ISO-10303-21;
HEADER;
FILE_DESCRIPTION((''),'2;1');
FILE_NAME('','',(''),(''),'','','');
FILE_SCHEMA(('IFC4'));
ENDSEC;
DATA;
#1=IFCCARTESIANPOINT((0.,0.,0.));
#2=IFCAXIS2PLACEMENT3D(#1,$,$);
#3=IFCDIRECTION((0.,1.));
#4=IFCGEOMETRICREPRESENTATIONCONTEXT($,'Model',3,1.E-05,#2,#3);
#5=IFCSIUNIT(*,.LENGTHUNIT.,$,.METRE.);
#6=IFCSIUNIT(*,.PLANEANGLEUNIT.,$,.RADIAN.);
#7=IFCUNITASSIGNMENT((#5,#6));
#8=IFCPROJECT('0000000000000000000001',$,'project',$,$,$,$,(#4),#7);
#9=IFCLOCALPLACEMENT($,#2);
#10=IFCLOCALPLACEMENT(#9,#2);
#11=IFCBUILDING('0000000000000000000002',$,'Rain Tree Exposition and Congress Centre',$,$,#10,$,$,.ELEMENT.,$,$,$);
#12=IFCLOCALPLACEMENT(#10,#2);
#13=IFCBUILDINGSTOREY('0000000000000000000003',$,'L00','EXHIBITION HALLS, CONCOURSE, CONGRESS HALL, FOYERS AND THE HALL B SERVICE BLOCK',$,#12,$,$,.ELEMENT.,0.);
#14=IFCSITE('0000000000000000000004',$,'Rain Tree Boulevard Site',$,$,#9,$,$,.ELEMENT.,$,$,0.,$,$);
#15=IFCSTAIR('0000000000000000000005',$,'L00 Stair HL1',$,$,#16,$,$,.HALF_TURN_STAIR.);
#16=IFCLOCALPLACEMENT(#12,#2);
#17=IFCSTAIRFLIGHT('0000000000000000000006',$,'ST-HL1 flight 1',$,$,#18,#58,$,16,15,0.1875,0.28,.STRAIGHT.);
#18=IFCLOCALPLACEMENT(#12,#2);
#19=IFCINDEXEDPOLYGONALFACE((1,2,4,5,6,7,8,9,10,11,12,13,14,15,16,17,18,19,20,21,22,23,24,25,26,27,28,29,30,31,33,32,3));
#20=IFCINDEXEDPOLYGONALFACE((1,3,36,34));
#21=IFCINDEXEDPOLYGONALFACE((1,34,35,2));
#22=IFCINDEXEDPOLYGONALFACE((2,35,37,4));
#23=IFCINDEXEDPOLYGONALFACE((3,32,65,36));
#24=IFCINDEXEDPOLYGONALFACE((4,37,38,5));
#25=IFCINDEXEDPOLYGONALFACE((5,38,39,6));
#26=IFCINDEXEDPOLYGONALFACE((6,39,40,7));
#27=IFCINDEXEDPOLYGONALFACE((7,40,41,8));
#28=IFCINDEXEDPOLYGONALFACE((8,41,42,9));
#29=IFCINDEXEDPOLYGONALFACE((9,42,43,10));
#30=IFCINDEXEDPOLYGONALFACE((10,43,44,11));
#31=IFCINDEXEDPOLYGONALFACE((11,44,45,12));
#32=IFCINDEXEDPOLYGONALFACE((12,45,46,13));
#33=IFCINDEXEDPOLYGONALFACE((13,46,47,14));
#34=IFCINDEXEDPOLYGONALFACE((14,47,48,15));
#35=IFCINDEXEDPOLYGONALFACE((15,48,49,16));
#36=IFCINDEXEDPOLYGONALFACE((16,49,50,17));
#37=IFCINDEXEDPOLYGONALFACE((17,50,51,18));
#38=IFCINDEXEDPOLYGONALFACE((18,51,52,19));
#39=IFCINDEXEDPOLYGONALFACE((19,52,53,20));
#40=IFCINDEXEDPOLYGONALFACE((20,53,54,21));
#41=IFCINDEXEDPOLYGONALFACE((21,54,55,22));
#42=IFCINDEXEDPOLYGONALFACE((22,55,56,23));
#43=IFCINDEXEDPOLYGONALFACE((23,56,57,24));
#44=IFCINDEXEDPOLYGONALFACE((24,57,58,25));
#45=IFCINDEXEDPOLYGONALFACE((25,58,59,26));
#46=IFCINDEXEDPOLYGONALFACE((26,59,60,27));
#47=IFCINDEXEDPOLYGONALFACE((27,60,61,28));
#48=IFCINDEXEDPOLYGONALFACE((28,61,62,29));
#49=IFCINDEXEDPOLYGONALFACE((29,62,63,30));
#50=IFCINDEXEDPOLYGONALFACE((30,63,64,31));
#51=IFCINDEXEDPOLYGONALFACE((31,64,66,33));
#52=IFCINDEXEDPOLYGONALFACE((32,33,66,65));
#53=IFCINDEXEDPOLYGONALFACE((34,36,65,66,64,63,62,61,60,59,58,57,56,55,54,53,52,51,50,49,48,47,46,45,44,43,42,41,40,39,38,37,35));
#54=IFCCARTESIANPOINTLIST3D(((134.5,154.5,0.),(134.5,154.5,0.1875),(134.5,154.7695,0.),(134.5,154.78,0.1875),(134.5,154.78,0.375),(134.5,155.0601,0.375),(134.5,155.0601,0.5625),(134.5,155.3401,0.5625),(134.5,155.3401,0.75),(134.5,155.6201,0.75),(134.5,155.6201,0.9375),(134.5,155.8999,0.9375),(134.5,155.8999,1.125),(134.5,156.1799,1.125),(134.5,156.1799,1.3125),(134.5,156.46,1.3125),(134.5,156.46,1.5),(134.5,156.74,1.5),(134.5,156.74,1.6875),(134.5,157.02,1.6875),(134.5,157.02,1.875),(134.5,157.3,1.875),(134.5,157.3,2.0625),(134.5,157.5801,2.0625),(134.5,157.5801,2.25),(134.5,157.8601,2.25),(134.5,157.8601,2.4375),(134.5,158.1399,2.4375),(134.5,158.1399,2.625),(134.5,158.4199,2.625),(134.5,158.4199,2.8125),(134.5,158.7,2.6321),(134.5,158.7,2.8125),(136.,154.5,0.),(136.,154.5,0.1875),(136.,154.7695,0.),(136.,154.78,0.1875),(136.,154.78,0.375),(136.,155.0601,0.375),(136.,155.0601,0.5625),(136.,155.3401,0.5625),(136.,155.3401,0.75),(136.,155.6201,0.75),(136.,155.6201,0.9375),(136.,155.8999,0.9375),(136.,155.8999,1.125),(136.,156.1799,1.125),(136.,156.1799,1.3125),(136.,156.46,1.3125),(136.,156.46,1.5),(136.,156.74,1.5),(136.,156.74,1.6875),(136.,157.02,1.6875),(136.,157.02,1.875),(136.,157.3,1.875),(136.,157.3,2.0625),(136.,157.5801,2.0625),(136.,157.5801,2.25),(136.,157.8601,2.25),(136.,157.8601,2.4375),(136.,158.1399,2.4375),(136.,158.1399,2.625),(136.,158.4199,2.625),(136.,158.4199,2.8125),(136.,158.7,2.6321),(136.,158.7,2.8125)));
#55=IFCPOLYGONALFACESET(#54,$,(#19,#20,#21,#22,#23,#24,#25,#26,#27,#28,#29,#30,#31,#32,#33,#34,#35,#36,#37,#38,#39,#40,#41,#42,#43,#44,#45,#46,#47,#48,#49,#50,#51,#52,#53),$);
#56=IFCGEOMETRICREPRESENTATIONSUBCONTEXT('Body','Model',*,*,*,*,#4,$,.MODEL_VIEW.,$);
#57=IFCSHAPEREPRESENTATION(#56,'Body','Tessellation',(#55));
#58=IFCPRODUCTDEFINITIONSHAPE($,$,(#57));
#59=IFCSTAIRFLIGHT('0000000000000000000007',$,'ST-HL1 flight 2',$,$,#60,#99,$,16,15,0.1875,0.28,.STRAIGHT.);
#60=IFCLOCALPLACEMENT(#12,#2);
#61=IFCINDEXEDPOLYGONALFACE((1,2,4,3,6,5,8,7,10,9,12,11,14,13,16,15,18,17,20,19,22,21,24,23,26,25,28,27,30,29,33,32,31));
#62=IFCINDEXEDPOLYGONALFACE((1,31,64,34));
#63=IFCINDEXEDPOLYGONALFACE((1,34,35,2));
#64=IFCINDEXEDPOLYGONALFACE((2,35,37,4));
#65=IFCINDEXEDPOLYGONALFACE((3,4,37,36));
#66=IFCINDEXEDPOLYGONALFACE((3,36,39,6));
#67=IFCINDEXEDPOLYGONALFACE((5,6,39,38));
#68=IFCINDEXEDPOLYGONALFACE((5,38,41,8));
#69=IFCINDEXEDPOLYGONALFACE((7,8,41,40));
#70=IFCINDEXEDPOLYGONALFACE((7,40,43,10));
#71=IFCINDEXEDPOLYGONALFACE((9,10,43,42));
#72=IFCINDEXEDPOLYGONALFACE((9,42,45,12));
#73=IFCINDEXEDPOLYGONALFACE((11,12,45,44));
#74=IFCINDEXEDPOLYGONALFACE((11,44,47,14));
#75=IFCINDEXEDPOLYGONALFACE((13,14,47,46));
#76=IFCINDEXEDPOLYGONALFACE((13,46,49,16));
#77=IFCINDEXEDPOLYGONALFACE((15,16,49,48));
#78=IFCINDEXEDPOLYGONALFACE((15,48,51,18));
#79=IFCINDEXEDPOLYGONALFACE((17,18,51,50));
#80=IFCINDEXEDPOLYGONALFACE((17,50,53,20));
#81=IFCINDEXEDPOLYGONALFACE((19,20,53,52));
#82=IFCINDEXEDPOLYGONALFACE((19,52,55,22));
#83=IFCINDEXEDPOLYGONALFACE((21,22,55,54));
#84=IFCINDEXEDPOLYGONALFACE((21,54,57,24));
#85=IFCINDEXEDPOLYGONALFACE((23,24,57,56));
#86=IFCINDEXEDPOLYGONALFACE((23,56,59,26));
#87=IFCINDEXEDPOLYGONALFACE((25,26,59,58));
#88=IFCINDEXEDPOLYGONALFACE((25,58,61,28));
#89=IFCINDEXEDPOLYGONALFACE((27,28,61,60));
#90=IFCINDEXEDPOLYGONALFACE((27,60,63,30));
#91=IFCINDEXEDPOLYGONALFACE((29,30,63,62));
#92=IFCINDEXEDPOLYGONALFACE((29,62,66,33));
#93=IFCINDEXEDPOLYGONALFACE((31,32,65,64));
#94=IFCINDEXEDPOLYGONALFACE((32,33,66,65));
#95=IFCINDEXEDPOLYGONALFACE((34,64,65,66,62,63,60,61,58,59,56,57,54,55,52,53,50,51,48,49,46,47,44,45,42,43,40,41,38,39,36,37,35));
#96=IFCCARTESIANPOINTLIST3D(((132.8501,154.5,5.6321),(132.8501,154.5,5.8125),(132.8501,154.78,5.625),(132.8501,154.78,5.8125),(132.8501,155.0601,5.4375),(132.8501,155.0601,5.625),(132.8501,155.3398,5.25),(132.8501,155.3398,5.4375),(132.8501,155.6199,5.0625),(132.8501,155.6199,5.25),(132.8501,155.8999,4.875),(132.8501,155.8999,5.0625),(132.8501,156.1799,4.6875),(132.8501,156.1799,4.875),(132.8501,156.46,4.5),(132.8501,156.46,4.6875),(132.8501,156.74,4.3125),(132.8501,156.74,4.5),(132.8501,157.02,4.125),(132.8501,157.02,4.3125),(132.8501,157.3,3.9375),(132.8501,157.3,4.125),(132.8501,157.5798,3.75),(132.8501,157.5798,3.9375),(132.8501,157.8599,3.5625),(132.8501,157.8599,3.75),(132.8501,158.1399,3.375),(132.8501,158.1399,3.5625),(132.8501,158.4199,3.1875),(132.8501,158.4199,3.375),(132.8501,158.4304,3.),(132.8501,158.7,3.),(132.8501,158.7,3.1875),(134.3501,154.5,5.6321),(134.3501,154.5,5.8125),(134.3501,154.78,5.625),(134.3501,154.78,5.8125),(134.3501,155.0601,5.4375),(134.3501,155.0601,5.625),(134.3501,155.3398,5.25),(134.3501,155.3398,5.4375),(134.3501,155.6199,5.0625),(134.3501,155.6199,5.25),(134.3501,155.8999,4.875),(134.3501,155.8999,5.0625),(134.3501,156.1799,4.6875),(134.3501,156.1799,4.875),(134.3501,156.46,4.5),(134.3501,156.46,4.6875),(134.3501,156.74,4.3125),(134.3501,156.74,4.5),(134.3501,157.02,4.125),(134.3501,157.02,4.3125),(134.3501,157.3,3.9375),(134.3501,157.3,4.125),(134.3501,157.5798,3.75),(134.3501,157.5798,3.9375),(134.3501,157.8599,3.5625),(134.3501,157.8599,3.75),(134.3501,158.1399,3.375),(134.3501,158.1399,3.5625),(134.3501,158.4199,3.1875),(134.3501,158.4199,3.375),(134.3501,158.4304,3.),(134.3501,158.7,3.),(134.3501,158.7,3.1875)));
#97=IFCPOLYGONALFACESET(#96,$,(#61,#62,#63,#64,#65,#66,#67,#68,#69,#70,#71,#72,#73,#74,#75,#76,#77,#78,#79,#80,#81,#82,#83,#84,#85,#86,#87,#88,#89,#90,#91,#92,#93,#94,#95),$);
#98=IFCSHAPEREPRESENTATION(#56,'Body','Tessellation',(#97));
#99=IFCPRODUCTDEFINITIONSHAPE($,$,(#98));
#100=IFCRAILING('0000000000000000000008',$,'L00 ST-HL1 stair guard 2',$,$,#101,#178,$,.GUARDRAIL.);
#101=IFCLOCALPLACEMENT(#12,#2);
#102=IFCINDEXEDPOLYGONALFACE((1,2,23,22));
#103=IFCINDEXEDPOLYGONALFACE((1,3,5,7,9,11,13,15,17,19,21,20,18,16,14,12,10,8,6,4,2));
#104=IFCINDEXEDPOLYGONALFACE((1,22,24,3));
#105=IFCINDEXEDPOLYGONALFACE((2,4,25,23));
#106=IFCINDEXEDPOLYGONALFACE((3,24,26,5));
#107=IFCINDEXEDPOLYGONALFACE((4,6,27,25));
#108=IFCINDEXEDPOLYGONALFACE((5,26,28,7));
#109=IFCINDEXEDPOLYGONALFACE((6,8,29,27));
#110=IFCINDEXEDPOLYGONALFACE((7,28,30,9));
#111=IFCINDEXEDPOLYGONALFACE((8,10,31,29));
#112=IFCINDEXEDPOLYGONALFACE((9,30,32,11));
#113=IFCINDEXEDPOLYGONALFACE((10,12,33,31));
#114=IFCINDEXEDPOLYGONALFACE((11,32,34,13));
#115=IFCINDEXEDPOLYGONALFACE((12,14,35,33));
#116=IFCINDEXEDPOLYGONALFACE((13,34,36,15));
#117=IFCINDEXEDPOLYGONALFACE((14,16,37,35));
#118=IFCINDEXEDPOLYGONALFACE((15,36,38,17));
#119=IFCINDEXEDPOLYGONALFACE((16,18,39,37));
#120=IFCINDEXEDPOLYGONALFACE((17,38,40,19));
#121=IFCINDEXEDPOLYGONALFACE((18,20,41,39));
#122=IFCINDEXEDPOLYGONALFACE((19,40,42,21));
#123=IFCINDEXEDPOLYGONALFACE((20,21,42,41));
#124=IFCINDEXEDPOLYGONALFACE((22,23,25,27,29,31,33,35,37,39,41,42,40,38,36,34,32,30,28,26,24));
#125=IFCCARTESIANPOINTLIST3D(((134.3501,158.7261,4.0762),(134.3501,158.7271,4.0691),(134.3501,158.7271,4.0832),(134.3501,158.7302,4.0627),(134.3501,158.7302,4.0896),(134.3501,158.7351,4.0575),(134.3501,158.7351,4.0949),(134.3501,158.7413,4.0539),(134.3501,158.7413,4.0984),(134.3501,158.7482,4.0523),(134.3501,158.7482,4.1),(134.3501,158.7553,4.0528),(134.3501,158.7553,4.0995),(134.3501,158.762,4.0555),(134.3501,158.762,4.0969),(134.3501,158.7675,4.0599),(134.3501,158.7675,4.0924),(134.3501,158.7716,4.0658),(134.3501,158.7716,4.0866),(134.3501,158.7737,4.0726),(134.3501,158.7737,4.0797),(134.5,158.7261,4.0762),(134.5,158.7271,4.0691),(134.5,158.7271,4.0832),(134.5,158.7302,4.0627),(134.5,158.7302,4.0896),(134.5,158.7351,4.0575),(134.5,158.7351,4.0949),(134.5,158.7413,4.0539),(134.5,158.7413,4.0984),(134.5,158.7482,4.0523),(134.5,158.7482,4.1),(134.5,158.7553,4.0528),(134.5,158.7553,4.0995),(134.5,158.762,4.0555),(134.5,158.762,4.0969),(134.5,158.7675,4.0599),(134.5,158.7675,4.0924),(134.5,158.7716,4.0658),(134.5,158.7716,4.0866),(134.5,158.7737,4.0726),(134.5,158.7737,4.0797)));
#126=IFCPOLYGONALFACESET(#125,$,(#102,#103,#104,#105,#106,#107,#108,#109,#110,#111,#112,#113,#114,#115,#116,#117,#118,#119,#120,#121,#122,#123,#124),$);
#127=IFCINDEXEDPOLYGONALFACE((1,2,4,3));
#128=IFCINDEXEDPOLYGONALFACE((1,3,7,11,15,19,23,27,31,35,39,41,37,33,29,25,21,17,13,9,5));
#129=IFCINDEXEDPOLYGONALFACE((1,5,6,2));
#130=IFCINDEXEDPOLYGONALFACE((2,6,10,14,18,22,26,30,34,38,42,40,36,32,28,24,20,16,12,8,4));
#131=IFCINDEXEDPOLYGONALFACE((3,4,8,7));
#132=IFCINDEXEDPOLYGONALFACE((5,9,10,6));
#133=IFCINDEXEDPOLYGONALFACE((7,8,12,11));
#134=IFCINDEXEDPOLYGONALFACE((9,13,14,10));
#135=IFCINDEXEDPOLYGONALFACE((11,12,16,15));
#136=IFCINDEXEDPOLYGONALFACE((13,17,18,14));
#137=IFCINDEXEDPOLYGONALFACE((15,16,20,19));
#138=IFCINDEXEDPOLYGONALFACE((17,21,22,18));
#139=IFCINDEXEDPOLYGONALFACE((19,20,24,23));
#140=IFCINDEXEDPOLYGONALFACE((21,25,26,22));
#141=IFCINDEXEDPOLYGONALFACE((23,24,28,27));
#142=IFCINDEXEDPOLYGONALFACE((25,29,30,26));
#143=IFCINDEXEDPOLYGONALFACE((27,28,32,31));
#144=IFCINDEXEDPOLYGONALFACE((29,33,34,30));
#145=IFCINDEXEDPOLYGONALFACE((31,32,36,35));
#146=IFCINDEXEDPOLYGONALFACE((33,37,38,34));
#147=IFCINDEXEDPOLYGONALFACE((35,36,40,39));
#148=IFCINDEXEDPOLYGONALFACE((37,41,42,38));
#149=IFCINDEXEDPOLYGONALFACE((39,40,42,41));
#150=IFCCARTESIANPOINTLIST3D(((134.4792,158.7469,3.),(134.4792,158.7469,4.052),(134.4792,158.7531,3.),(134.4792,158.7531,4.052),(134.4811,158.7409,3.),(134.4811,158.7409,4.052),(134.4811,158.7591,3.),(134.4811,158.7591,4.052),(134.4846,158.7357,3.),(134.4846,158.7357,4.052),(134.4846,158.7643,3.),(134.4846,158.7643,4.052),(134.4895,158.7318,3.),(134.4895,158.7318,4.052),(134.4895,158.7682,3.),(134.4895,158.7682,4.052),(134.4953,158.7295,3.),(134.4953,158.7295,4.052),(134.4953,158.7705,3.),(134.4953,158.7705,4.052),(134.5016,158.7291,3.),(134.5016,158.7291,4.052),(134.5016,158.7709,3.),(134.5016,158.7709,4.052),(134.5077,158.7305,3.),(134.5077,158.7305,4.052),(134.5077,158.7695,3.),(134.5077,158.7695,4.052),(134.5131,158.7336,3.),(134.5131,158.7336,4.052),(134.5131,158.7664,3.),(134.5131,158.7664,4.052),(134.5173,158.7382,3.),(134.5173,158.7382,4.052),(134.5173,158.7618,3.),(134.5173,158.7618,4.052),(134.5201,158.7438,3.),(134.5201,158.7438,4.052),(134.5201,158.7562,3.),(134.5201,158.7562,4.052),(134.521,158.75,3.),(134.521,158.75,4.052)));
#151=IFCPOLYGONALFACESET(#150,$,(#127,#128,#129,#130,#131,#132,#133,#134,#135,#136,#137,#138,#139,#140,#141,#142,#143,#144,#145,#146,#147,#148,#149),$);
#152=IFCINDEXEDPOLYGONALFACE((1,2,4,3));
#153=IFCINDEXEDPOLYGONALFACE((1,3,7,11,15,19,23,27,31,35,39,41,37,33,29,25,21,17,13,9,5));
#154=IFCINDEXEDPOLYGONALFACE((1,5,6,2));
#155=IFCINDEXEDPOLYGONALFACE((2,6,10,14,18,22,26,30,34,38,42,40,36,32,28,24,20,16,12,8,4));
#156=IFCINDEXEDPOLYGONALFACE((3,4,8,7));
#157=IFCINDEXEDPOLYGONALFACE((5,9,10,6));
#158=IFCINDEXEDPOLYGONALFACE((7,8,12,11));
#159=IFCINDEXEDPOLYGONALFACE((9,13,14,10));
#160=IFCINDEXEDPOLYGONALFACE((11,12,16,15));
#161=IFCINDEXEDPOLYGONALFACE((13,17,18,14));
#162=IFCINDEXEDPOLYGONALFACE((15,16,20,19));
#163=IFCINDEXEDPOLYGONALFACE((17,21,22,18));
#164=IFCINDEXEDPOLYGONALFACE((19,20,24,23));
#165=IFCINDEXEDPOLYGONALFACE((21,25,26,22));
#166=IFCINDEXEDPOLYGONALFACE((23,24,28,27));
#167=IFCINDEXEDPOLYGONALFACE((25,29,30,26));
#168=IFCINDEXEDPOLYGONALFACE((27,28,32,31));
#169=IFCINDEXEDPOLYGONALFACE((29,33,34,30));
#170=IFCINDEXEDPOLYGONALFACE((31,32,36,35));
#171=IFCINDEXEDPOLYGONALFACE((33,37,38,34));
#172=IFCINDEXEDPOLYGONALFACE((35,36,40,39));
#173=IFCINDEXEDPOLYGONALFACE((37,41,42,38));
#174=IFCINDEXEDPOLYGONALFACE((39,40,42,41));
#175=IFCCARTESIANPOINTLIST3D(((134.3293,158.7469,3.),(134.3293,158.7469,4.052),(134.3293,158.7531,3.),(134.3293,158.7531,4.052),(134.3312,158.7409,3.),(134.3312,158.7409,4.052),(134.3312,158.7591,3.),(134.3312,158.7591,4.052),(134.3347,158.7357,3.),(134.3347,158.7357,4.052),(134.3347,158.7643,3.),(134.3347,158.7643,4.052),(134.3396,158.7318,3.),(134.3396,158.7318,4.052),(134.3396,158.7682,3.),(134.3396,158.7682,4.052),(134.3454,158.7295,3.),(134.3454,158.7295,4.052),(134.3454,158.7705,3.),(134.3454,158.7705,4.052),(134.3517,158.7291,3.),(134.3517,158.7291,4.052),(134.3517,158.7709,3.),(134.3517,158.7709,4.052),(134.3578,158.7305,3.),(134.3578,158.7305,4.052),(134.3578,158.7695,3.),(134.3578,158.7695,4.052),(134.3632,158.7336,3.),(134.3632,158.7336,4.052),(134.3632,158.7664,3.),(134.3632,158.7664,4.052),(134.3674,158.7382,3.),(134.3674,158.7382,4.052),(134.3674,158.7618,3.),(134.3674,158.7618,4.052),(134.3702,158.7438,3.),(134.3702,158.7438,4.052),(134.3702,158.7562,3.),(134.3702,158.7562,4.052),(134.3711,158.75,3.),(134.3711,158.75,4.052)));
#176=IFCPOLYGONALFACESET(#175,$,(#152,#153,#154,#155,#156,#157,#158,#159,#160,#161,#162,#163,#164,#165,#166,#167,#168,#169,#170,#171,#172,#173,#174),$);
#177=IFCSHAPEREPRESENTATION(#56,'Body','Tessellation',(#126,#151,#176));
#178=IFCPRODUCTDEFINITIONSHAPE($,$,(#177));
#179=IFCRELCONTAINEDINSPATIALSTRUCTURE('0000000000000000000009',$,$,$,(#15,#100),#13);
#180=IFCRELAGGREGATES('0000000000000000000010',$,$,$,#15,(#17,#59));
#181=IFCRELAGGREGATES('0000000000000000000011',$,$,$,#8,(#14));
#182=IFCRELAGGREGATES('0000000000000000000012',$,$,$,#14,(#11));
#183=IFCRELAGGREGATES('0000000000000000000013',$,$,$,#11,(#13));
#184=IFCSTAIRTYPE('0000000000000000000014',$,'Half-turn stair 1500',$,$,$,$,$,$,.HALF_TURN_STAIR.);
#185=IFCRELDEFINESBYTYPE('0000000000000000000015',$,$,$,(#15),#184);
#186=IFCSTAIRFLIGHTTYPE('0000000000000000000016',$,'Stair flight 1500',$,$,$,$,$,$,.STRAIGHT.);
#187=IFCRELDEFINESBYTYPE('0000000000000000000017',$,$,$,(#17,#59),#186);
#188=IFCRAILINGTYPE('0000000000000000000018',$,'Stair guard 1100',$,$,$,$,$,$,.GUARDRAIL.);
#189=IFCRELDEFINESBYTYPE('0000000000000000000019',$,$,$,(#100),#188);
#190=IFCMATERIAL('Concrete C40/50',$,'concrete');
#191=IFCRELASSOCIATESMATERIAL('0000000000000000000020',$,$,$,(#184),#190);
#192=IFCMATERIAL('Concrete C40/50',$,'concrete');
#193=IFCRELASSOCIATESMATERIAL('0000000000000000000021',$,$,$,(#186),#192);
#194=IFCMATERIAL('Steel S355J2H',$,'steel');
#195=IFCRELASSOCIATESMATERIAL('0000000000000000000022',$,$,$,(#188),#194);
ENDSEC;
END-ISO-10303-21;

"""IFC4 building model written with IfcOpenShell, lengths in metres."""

from ifc_helpers import new_model, si_unit, direction, frame, origin, origin_2d, place, context, subcontext, project, spatial, polyline, circle, outline, extrude, material, type_object, element, aggregate, save


model = new_model("IFC4")

# Units and contexts
model_context = context("Model", 3, precision=1e-05, world=origin(), true_north=direction((0.0, 1.0)))
body_context = subcontext(model_context, "Body", "Model", "MODEL_VIEW")
ifc_project = project(units=[si_unit("LENGTHUNIT", "METRE"), si_unit("PLANEANGLEUNIT", "RADIAN")], contexts=[model_context])

# Site, building, storey
site_placement = place(None, origin())
site = spatial("IfcSite", under=ifc_project, at=site_placement, Name="Rain Tree Boulevard Site", CompositionType="ELEMENT", RefElevation=0.0)
building_placement = place(site_placement, origin())
building = spatial("IfcBuilding", under=site, at=building_placement, Name="Rain Tree Exposition and Congress Centre", CompositionType="ELEMENT")
storey_placement = place(building_placement, origin())
storey = spatial("IfcBuildingStorey", under=building, at=storey_placement, Name="L00", Description="EXHIBITION HALLS, CONCOURSE, CONGRESS HALL, FOYERS AND THE HALL B SERVICE BLOCK", CompositionType="ELEMENT", Elevation=0.0)

# Stair, stair flights
ifc_material_1 = material(Name="Concrete C40/50", Category="concrete")
stair_type = type_object("IfcStairType", Name="Half-turn stair 1500", PredefinedType="HALF_TURN_STAIR", material=ifc_material_1)
stair_placement = place(storey_placement, origin())
stair = element("IfcStair", 1, at=stair_placement, inside=storey, type_object=stair_type, Name="L00 Stair HL1", PredefinedType="HALF_TURN_STAIR")
ifc_material_2 = material(Name="Concrete C40/50", Category="concrete")
stair_flight_type = type_object("IfcStairFlightType", Name="Stair flight 1500", PredefinedType="STRAIGHT", material=ifc_material_2)
stair_flight_1_placement = place(storey_placement, frame((135.25, 154.5, 0.0), z_axis=(0.0, 0.0, 1.0), x_axis=(0.0, 1.0, 0.0)))
stair_flight_1 = element("IfcStairFlight", 2, at=stair_flight_1_placement, type_object=stair_flight_type, Name="ST-HL1 flight 1", NumberOfRisers=16, NumberOfTreads=15, PredefinedType="STRAIGHT", RiserHeight=0.1875, TreadLength=0.28, context=body_context, shape_type="SweptSolid", body=[
    extrude(outline(polyline([(0.0, 0.0), (0.0, 0.1875), (0.28, 0.1875), (0.28, 0.375), (0.5601, 0.375), (0.5601, 0.5625), (0.8401, 0.5625), (0.8401, 0.75), (1.1201, 0.75), (1.1201, 0.9375), (1.3999, 0.9375), (1.3999, 1.125), (1.6799, 1.125), (1.6799, 1.3125), (1.96, 1.3125), (1.96, 1.5), (2.24, 1.5), (2.24, 1.6875), (2.52, 1.6875), (2.52, 1.875), (2.8, 1.875), (2.8, 2.0625), (3.0801, 2.0625), (3.0801, 2.25), (3.3601, 2.25), (3.3601, 2.4375), (3.6399, 2.4375), (3.6399, 2.625), (3.9199, 2.625), (3.9199, 2.8125), (4.2, 2.8125), (4.2, 3.0), (4.2, 2.6321), (0.2695, 0.0), (0.0, 0.0)])), frame((0.0, 0.75, 0.0), z_axis=(0.0, -1.0, 0.0), x_axis=(1.0, 0.0, 0.0)), (0.0, 0.0, 1.0), 1.5),
])
stair_flight_2_placement = place(storey_placement, frame((133.6001, 158.7, 3.0), z_axis=(0.0, 0.0, 1.0), x_axis=(0.0, -1.0, 0.0)))
stair_flight_2 = element("IfcStairFlight", 3, at=stair_flight_2_placement, type_object=stair_flight_type, Name="ST-HL1 flight 2", NumberOfRisers=16, NumberOfTreads=15, PredefinedType="STRAIGHT", RiserHeight=0.1875, TreadLength=0.28, context=body_context, shape_type="SweptSolid", body=[
    extrude(outline(polyline([(0.0, 0.0), (0.0, 0.1875), (0.28, 0.1875), (0.28, 0.375), (0.5601, 0.375), (0.5601, 0.5625), (0.8401, 0.5625), (0.8401, 0.75), (1.1201, 0.75), (1.1201, 0.9375), (1.3999, 0.9375), (1.3999, 1.125), (1.6799, 1.125), (1.6799, 1.3125), (1.96, 1.3125), (1.96, 1.5), (2.24, 1.5), (2.24, 1.6875), (2.52, 1.6875), (2.52, 1.875), (2.8, 1.875), (2.8, 2.0625), (3.0801, 2.0625), (3.0801, 2.25), (3.3601, 2.25), (3.3601, 2.4375), (3.6399, 2.4375), (3.6399, 2.625), (3.9199, 2.625), (3.9199, 2.8125), (4.2, 2.8125), (4.2, 3.0), (4.2, 2.6321), (0.2695, 0.0), (0.0, 0.0)])), frame((0.0, 0.75, 0.0), z_axis=(0.0, -1.0, 0.0), x_axis=(1.0, 0.0, 0.0)), (0.0, 0.0, 1.0), 1.5),
])
aggregate(stair, [stair_flight_1, stair_flight_2])

# Railing
ifc_material_3 = material(Name="Steel S355J2H", Category="steel")
railing_type_1 = type_object("IfcRailingType", Name="Stair guard 1100", PredefinedType="GUARDRAIL", material=ifc_material_3)
railing_1_placement = place(storey_placement, frame((134.5, 158.75, 3.0)))
element("IfcRailing", 4, at=railing_1_placement, inside=storey, type_object=railing_type_1, Name="L00 ST-HL1 stair guard 2", PredefinedType="GUARDRAIL", context=body_context, shape_type="SweptSolid", body=[
    extrude(circle(Radius=0.0239, at=origin_2d()), frame((0.0, 0.0, 1.0762), z_axis=(-1.0, 0.0, 0.0), x_axis=(0.0, -1.0, 0.0)), (0.0, 0.0, 1.0), 0.1499),
    extrude(circle(Radius=0.021, at=origin_2d()), origin(), (0.0, 0.0, 1.0), 1.052),
    extrude(circle(Radius=0.021, at=origin_2d()), frame((-0.1499, 0.0, 0.0)), (0.0, 0.0, 1.0), 1.052),
])

save(model, "model.ifc")
